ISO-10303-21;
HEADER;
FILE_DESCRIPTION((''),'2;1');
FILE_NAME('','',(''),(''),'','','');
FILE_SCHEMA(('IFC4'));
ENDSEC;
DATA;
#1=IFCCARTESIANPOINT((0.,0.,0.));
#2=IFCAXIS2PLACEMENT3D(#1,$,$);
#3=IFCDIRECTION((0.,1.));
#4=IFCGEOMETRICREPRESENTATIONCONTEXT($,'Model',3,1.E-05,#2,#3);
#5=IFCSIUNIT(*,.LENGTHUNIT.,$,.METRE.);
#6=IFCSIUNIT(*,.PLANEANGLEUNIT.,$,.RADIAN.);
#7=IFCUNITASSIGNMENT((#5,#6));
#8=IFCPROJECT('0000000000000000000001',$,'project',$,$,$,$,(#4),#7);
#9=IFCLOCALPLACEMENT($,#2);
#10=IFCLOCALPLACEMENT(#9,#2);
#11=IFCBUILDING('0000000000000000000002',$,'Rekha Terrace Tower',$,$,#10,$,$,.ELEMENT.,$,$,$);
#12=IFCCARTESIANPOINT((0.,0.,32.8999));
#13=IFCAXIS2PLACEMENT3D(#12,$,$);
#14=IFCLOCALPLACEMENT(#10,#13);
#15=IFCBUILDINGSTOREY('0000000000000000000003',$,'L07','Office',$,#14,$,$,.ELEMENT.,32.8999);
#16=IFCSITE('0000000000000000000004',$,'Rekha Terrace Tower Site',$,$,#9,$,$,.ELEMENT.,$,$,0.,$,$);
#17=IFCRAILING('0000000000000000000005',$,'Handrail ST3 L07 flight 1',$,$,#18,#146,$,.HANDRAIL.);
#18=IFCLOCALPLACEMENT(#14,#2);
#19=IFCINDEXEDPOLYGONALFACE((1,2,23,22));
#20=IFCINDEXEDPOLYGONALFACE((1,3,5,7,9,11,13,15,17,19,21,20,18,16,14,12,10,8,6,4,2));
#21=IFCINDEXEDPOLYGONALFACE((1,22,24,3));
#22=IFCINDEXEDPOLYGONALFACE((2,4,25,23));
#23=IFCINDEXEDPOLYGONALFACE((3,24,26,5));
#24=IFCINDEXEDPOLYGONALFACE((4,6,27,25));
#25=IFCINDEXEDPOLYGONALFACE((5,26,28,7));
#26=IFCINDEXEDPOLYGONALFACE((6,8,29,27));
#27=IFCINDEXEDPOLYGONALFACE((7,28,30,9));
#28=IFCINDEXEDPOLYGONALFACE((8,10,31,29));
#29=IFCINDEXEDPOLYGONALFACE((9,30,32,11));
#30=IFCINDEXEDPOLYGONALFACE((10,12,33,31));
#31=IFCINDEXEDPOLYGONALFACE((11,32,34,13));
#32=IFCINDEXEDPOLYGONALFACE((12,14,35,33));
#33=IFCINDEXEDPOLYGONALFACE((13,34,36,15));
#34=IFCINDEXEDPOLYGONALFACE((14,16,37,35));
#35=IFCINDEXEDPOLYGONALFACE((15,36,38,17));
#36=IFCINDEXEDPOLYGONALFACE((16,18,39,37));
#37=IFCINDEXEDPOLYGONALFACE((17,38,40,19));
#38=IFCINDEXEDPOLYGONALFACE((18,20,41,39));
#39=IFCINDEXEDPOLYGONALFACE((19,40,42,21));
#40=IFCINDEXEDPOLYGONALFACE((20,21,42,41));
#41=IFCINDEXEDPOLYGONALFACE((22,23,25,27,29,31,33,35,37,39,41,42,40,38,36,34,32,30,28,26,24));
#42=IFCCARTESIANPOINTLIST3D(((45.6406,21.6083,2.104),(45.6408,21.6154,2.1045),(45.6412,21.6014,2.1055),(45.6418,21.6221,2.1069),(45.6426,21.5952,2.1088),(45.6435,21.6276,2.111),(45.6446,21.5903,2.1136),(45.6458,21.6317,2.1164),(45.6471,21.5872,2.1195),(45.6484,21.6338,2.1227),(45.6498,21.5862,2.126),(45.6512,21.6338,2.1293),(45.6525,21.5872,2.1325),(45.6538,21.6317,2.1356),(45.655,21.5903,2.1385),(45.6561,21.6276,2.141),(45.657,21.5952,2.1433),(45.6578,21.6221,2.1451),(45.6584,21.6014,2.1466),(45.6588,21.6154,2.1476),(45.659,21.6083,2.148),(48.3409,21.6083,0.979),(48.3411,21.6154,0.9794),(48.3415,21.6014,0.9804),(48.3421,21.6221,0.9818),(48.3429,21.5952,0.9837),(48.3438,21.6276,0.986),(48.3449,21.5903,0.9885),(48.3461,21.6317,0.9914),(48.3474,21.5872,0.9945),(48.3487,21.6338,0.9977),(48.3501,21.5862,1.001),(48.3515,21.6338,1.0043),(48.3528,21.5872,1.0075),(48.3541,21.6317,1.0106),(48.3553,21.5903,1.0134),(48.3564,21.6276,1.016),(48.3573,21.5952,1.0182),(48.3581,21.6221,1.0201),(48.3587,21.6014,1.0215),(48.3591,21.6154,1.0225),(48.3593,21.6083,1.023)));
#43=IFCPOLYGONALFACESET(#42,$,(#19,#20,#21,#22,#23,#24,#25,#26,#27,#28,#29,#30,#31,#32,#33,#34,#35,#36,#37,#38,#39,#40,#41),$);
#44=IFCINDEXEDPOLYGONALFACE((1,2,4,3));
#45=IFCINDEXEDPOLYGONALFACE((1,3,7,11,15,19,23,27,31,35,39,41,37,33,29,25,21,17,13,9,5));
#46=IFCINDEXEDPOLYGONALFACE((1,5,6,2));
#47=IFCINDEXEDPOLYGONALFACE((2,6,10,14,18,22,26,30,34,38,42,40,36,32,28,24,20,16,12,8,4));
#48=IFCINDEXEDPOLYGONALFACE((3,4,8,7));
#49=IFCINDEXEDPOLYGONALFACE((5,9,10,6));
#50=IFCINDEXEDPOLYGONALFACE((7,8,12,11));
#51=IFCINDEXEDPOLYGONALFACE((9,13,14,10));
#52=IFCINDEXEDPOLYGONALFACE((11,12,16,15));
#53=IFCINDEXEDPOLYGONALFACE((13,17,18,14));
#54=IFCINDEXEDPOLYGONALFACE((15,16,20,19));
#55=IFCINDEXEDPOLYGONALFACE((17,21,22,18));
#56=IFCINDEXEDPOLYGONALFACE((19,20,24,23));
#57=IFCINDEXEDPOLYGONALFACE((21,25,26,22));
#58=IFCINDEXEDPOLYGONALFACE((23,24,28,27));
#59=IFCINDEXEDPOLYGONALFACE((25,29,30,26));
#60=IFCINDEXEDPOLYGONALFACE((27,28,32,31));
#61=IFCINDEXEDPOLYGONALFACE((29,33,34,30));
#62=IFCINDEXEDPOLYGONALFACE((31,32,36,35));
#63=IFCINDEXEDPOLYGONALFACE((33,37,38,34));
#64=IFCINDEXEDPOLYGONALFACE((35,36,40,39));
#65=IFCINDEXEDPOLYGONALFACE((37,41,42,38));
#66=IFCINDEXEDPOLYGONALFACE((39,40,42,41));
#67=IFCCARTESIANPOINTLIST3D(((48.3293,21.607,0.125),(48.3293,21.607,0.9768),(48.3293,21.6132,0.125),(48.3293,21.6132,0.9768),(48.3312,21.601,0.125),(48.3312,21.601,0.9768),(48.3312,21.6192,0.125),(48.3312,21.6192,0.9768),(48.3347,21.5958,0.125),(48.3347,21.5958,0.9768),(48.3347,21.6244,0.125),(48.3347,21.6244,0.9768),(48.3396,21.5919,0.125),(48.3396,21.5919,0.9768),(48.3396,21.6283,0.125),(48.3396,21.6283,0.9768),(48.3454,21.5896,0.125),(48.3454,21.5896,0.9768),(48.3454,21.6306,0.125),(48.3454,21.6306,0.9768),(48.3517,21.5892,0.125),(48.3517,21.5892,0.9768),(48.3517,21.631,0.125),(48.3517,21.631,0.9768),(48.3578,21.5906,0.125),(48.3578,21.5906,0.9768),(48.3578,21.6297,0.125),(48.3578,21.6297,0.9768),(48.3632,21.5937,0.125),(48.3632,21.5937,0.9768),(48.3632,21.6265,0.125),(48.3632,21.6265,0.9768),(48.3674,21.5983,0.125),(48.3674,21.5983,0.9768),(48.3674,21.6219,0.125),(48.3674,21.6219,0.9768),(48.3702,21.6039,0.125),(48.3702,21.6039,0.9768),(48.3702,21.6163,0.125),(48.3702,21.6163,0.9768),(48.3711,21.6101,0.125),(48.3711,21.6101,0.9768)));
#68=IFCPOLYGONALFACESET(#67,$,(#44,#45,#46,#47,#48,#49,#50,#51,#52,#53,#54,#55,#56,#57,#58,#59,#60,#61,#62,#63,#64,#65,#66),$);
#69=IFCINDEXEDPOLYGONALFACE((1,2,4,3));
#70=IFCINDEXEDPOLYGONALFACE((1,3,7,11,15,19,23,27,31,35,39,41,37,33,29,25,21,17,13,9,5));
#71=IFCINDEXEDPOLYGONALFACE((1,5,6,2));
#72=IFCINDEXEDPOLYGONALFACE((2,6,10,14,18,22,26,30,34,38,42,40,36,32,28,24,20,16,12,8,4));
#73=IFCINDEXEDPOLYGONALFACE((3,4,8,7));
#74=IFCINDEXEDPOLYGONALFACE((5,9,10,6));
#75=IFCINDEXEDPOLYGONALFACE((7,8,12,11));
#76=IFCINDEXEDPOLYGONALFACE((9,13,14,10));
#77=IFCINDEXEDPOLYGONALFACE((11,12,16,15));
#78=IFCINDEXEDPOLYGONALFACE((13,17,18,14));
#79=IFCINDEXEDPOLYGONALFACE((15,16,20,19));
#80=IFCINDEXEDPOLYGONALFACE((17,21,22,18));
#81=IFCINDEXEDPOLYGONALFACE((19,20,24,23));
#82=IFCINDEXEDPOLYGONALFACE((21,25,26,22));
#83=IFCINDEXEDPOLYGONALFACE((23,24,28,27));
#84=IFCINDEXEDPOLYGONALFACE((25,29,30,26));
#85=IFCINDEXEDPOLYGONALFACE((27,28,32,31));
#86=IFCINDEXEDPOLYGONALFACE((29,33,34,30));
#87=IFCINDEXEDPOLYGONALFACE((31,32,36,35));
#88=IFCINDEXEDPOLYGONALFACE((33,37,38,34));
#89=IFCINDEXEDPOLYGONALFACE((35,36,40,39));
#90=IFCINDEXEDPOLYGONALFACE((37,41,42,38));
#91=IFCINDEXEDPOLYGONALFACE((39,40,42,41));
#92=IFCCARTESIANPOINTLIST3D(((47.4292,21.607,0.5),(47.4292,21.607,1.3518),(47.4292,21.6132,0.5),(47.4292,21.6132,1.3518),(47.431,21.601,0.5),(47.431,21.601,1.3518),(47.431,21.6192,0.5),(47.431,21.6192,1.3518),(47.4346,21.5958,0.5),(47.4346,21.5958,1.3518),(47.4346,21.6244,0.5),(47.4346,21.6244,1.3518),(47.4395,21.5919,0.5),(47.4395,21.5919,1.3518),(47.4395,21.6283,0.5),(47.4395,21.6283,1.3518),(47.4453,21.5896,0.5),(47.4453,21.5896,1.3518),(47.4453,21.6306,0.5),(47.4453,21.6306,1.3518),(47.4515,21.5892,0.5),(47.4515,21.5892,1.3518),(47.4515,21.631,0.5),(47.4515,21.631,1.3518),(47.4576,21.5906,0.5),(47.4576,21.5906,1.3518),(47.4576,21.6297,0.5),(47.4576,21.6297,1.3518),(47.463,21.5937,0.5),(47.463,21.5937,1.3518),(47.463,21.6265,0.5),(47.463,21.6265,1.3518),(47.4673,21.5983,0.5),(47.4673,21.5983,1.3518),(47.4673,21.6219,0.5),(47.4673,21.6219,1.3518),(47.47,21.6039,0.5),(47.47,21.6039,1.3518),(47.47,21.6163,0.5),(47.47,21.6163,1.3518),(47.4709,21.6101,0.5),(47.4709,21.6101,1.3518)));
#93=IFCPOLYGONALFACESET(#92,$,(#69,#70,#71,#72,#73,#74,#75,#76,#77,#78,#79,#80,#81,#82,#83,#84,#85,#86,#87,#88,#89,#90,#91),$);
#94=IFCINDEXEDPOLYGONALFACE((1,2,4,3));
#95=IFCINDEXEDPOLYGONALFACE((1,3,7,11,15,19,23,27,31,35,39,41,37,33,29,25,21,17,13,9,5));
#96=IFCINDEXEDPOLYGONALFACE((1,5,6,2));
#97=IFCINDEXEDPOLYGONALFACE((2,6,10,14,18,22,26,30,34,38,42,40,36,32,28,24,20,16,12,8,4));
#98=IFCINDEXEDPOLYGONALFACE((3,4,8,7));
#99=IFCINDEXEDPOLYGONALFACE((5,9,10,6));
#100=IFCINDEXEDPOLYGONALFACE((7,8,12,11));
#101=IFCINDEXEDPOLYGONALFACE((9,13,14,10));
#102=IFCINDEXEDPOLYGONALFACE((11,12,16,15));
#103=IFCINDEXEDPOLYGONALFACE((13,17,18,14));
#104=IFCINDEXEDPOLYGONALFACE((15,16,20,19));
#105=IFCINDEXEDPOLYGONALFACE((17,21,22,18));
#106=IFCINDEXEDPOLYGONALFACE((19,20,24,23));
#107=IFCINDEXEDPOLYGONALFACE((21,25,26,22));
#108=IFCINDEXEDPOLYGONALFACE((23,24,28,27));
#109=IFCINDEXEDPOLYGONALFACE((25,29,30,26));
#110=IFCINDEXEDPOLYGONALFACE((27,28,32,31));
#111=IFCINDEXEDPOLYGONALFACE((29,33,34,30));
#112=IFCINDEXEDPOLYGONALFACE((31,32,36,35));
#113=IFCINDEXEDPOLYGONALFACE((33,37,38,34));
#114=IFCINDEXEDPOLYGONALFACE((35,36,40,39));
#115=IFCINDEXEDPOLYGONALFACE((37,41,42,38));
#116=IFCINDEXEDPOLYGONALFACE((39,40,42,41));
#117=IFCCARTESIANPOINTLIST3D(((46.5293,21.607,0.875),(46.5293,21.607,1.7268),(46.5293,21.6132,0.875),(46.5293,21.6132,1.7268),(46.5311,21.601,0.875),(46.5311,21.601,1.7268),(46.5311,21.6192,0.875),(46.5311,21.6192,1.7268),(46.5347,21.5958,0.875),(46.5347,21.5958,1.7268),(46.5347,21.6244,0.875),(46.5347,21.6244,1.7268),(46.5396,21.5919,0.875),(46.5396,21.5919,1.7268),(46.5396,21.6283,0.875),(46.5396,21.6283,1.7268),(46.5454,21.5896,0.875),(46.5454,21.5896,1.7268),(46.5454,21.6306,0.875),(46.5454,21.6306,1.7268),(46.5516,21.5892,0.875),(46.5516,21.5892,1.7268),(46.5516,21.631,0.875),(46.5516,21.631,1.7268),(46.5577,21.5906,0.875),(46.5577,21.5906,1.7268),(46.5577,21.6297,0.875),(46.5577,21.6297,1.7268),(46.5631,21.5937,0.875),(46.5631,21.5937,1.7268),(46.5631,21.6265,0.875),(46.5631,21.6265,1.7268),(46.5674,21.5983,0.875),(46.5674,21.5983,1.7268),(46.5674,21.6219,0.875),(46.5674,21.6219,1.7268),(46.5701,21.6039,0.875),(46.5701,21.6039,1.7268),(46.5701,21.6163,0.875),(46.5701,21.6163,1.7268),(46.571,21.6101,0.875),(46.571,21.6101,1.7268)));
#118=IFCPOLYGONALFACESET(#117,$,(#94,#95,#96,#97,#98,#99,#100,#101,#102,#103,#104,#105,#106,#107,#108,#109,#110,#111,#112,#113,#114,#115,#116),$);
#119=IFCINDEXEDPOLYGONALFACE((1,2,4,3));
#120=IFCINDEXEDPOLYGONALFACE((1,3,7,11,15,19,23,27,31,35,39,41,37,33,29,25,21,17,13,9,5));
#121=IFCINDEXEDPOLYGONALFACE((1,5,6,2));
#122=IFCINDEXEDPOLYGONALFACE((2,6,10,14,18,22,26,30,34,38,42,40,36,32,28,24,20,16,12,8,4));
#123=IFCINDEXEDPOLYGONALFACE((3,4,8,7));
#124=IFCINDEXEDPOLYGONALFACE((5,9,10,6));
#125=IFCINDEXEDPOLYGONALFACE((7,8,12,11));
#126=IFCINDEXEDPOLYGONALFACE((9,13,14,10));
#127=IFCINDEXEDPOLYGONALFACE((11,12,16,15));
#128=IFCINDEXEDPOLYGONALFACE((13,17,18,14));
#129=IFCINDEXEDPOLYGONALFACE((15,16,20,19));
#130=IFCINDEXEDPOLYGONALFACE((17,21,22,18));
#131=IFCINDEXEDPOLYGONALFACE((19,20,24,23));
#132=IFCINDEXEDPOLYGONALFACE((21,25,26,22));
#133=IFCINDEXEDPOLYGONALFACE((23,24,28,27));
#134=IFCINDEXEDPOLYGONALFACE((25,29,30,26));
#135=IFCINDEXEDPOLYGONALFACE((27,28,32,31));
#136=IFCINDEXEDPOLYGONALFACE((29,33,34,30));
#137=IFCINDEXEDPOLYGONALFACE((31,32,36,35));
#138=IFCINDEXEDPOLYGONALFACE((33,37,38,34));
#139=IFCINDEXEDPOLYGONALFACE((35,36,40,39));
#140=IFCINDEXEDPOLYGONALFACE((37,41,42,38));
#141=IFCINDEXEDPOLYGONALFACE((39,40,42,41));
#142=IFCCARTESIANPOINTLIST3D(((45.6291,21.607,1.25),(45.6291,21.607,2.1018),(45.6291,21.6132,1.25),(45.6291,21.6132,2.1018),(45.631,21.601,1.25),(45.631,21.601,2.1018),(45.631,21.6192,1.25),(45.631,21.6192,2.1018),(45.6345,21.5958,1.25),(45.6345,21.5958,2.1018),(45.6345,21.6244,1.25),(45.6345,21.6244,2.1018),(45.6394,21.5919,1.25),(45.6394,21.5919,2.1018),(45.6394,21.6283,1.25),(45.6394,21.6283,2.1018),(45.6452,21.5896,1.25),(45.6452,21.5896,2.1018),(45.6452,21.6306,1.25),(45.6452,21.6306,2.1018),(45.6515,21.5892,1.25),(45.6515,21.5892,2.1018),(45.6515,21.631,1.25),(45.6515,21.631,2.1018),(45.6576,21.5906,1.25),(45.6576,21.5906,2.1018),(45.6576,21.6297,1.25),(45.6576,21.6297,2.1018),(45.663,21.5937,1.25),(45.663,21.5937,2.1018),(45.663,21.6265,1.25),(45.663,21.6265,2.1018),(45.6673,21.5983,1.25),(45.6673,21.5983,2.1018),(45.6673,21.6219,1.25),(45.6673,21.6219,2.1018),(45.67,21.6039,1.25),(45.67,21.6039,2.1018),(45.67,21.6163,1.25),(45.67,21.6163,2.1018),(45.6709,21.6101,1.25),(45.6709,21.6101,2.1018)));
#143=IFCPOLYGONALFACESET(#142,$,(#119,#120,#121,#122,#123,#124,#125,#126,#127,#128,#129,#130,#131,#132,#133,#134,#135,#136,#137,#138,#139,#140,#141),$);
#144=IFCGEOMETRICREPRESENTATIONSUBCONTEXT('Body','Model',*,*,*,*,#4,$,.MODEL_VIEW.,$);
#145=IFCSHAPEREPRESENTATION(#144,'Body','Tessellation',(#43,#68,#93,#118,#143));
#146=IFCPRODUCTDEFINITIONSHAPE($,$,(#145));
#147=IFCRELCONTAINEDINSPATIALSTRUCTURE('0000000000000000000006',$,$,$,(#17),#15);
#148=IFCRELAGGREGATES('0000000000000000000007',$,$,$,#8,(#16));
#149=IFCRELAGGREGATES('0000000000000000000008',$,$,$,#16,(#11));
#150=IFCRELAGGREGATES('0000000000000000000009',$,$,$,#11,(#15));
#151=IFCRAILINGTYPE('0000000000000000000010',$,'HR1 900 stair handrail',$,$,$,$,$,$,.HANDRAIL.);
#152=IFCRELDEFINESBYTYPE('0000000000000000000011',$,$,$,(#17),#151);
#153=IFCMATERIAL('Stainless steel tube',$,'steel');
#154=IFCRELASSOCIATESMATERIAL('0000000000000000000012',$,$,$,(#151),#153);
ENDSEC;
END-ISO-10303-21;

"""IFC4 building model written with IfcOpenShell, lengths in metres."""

from ifc_helpers import new_model, si_unit, direction, frame, origin, origin_2d, place, context, subcontext, project, spatial, circle, extrude, material, type_object, element, save


model = new_model("IFC4")

# Units and contexts
model_context = context("Model", 3, precision=1e-05, world=origin(), true_north=direction((0.0, 1.0)))
body_context = subcontext(model_context, "Body", "Model", "MODEL_VIEW")
ifc_project = project(units=[si_unit("LENGTHUNIT", "METRE"), si_unit("PLANEANGLEUNIT", "RADIAN")], contexts=[model_context])

# Site, building, storey
site_placement = place(None, origin())
site = spatial("IfcSite", under=ifc_project, at=site_placement, Name="Rekha Terrace Tower Site", CompositionType="ELEMENT", RefElevation=0.0)
building_placement = place(site_placement, origin())
building = spatial("IfcBuilding", under=site, at=building_placement, Name="Rekha Terrace Tower", CompositionType="ELEMENT")
storey_placement = place(building_placement, frame((0.0, 0.0, 32.8999)))
storey = spatial("IfcBuildingStorey", under=building, at=storey_placement, Name="L07", Description="Office", CompositionType="ELEMENT", Elevation=32.8999)

# Railing
ifc_material_1 = material(Name="Stainless steel tube", Category="steel")
railing_type_1 = type_object("IfcRailingType", Name="HR1 900 stair handrail", PredefinedType="HANDRAIL", material=ifc_material_1)
railing_1_placement = place(storey_placement, frame((48.3501, 21.6101, 0.125)))
element("IfcRailing", 1, at=railing_1_placement, inside=storey, type_object=railing_type_1, Name="Handrail ST3 L07 flight 1", PredefinedType="HANDRAIL", context=body_context, shape_type="SweptSolid", body=[
    extrude(circle(Radius=0.0239, at=origin_2d()), frame((0.0, 0.0, 0.876), z_axis=(-0.923087, 0.0, 0.384592), x_axis=(0.0, -1.0, 0.0)), (0.0, 0.0, 1.0), 2.9253),
    extrude(circle(Radius=0.021, at=origin_2d()), origin(), (0.0, 0.0, 1.0), 0.8518),
    extrude(circle(Radius=0.021, at=origin_2d()), frame((-0.9001, 0.0, 0.375)), (0.0, 0.0, 1.0), 0.8518),
    extrude(circle(Radius=0.021, at=origin_2d()), frame((-1.8, 0.0, 0.75)), (0.0, 0.0, 1.0), 0.8518),
    extrude(circle(Radius=0.021, at=origin_2d()), frame((-2.7002, 0.0, 1.125)), (0.0, 0.0, 1.0), 0.8518),
])

save(model, "model.ifc")
